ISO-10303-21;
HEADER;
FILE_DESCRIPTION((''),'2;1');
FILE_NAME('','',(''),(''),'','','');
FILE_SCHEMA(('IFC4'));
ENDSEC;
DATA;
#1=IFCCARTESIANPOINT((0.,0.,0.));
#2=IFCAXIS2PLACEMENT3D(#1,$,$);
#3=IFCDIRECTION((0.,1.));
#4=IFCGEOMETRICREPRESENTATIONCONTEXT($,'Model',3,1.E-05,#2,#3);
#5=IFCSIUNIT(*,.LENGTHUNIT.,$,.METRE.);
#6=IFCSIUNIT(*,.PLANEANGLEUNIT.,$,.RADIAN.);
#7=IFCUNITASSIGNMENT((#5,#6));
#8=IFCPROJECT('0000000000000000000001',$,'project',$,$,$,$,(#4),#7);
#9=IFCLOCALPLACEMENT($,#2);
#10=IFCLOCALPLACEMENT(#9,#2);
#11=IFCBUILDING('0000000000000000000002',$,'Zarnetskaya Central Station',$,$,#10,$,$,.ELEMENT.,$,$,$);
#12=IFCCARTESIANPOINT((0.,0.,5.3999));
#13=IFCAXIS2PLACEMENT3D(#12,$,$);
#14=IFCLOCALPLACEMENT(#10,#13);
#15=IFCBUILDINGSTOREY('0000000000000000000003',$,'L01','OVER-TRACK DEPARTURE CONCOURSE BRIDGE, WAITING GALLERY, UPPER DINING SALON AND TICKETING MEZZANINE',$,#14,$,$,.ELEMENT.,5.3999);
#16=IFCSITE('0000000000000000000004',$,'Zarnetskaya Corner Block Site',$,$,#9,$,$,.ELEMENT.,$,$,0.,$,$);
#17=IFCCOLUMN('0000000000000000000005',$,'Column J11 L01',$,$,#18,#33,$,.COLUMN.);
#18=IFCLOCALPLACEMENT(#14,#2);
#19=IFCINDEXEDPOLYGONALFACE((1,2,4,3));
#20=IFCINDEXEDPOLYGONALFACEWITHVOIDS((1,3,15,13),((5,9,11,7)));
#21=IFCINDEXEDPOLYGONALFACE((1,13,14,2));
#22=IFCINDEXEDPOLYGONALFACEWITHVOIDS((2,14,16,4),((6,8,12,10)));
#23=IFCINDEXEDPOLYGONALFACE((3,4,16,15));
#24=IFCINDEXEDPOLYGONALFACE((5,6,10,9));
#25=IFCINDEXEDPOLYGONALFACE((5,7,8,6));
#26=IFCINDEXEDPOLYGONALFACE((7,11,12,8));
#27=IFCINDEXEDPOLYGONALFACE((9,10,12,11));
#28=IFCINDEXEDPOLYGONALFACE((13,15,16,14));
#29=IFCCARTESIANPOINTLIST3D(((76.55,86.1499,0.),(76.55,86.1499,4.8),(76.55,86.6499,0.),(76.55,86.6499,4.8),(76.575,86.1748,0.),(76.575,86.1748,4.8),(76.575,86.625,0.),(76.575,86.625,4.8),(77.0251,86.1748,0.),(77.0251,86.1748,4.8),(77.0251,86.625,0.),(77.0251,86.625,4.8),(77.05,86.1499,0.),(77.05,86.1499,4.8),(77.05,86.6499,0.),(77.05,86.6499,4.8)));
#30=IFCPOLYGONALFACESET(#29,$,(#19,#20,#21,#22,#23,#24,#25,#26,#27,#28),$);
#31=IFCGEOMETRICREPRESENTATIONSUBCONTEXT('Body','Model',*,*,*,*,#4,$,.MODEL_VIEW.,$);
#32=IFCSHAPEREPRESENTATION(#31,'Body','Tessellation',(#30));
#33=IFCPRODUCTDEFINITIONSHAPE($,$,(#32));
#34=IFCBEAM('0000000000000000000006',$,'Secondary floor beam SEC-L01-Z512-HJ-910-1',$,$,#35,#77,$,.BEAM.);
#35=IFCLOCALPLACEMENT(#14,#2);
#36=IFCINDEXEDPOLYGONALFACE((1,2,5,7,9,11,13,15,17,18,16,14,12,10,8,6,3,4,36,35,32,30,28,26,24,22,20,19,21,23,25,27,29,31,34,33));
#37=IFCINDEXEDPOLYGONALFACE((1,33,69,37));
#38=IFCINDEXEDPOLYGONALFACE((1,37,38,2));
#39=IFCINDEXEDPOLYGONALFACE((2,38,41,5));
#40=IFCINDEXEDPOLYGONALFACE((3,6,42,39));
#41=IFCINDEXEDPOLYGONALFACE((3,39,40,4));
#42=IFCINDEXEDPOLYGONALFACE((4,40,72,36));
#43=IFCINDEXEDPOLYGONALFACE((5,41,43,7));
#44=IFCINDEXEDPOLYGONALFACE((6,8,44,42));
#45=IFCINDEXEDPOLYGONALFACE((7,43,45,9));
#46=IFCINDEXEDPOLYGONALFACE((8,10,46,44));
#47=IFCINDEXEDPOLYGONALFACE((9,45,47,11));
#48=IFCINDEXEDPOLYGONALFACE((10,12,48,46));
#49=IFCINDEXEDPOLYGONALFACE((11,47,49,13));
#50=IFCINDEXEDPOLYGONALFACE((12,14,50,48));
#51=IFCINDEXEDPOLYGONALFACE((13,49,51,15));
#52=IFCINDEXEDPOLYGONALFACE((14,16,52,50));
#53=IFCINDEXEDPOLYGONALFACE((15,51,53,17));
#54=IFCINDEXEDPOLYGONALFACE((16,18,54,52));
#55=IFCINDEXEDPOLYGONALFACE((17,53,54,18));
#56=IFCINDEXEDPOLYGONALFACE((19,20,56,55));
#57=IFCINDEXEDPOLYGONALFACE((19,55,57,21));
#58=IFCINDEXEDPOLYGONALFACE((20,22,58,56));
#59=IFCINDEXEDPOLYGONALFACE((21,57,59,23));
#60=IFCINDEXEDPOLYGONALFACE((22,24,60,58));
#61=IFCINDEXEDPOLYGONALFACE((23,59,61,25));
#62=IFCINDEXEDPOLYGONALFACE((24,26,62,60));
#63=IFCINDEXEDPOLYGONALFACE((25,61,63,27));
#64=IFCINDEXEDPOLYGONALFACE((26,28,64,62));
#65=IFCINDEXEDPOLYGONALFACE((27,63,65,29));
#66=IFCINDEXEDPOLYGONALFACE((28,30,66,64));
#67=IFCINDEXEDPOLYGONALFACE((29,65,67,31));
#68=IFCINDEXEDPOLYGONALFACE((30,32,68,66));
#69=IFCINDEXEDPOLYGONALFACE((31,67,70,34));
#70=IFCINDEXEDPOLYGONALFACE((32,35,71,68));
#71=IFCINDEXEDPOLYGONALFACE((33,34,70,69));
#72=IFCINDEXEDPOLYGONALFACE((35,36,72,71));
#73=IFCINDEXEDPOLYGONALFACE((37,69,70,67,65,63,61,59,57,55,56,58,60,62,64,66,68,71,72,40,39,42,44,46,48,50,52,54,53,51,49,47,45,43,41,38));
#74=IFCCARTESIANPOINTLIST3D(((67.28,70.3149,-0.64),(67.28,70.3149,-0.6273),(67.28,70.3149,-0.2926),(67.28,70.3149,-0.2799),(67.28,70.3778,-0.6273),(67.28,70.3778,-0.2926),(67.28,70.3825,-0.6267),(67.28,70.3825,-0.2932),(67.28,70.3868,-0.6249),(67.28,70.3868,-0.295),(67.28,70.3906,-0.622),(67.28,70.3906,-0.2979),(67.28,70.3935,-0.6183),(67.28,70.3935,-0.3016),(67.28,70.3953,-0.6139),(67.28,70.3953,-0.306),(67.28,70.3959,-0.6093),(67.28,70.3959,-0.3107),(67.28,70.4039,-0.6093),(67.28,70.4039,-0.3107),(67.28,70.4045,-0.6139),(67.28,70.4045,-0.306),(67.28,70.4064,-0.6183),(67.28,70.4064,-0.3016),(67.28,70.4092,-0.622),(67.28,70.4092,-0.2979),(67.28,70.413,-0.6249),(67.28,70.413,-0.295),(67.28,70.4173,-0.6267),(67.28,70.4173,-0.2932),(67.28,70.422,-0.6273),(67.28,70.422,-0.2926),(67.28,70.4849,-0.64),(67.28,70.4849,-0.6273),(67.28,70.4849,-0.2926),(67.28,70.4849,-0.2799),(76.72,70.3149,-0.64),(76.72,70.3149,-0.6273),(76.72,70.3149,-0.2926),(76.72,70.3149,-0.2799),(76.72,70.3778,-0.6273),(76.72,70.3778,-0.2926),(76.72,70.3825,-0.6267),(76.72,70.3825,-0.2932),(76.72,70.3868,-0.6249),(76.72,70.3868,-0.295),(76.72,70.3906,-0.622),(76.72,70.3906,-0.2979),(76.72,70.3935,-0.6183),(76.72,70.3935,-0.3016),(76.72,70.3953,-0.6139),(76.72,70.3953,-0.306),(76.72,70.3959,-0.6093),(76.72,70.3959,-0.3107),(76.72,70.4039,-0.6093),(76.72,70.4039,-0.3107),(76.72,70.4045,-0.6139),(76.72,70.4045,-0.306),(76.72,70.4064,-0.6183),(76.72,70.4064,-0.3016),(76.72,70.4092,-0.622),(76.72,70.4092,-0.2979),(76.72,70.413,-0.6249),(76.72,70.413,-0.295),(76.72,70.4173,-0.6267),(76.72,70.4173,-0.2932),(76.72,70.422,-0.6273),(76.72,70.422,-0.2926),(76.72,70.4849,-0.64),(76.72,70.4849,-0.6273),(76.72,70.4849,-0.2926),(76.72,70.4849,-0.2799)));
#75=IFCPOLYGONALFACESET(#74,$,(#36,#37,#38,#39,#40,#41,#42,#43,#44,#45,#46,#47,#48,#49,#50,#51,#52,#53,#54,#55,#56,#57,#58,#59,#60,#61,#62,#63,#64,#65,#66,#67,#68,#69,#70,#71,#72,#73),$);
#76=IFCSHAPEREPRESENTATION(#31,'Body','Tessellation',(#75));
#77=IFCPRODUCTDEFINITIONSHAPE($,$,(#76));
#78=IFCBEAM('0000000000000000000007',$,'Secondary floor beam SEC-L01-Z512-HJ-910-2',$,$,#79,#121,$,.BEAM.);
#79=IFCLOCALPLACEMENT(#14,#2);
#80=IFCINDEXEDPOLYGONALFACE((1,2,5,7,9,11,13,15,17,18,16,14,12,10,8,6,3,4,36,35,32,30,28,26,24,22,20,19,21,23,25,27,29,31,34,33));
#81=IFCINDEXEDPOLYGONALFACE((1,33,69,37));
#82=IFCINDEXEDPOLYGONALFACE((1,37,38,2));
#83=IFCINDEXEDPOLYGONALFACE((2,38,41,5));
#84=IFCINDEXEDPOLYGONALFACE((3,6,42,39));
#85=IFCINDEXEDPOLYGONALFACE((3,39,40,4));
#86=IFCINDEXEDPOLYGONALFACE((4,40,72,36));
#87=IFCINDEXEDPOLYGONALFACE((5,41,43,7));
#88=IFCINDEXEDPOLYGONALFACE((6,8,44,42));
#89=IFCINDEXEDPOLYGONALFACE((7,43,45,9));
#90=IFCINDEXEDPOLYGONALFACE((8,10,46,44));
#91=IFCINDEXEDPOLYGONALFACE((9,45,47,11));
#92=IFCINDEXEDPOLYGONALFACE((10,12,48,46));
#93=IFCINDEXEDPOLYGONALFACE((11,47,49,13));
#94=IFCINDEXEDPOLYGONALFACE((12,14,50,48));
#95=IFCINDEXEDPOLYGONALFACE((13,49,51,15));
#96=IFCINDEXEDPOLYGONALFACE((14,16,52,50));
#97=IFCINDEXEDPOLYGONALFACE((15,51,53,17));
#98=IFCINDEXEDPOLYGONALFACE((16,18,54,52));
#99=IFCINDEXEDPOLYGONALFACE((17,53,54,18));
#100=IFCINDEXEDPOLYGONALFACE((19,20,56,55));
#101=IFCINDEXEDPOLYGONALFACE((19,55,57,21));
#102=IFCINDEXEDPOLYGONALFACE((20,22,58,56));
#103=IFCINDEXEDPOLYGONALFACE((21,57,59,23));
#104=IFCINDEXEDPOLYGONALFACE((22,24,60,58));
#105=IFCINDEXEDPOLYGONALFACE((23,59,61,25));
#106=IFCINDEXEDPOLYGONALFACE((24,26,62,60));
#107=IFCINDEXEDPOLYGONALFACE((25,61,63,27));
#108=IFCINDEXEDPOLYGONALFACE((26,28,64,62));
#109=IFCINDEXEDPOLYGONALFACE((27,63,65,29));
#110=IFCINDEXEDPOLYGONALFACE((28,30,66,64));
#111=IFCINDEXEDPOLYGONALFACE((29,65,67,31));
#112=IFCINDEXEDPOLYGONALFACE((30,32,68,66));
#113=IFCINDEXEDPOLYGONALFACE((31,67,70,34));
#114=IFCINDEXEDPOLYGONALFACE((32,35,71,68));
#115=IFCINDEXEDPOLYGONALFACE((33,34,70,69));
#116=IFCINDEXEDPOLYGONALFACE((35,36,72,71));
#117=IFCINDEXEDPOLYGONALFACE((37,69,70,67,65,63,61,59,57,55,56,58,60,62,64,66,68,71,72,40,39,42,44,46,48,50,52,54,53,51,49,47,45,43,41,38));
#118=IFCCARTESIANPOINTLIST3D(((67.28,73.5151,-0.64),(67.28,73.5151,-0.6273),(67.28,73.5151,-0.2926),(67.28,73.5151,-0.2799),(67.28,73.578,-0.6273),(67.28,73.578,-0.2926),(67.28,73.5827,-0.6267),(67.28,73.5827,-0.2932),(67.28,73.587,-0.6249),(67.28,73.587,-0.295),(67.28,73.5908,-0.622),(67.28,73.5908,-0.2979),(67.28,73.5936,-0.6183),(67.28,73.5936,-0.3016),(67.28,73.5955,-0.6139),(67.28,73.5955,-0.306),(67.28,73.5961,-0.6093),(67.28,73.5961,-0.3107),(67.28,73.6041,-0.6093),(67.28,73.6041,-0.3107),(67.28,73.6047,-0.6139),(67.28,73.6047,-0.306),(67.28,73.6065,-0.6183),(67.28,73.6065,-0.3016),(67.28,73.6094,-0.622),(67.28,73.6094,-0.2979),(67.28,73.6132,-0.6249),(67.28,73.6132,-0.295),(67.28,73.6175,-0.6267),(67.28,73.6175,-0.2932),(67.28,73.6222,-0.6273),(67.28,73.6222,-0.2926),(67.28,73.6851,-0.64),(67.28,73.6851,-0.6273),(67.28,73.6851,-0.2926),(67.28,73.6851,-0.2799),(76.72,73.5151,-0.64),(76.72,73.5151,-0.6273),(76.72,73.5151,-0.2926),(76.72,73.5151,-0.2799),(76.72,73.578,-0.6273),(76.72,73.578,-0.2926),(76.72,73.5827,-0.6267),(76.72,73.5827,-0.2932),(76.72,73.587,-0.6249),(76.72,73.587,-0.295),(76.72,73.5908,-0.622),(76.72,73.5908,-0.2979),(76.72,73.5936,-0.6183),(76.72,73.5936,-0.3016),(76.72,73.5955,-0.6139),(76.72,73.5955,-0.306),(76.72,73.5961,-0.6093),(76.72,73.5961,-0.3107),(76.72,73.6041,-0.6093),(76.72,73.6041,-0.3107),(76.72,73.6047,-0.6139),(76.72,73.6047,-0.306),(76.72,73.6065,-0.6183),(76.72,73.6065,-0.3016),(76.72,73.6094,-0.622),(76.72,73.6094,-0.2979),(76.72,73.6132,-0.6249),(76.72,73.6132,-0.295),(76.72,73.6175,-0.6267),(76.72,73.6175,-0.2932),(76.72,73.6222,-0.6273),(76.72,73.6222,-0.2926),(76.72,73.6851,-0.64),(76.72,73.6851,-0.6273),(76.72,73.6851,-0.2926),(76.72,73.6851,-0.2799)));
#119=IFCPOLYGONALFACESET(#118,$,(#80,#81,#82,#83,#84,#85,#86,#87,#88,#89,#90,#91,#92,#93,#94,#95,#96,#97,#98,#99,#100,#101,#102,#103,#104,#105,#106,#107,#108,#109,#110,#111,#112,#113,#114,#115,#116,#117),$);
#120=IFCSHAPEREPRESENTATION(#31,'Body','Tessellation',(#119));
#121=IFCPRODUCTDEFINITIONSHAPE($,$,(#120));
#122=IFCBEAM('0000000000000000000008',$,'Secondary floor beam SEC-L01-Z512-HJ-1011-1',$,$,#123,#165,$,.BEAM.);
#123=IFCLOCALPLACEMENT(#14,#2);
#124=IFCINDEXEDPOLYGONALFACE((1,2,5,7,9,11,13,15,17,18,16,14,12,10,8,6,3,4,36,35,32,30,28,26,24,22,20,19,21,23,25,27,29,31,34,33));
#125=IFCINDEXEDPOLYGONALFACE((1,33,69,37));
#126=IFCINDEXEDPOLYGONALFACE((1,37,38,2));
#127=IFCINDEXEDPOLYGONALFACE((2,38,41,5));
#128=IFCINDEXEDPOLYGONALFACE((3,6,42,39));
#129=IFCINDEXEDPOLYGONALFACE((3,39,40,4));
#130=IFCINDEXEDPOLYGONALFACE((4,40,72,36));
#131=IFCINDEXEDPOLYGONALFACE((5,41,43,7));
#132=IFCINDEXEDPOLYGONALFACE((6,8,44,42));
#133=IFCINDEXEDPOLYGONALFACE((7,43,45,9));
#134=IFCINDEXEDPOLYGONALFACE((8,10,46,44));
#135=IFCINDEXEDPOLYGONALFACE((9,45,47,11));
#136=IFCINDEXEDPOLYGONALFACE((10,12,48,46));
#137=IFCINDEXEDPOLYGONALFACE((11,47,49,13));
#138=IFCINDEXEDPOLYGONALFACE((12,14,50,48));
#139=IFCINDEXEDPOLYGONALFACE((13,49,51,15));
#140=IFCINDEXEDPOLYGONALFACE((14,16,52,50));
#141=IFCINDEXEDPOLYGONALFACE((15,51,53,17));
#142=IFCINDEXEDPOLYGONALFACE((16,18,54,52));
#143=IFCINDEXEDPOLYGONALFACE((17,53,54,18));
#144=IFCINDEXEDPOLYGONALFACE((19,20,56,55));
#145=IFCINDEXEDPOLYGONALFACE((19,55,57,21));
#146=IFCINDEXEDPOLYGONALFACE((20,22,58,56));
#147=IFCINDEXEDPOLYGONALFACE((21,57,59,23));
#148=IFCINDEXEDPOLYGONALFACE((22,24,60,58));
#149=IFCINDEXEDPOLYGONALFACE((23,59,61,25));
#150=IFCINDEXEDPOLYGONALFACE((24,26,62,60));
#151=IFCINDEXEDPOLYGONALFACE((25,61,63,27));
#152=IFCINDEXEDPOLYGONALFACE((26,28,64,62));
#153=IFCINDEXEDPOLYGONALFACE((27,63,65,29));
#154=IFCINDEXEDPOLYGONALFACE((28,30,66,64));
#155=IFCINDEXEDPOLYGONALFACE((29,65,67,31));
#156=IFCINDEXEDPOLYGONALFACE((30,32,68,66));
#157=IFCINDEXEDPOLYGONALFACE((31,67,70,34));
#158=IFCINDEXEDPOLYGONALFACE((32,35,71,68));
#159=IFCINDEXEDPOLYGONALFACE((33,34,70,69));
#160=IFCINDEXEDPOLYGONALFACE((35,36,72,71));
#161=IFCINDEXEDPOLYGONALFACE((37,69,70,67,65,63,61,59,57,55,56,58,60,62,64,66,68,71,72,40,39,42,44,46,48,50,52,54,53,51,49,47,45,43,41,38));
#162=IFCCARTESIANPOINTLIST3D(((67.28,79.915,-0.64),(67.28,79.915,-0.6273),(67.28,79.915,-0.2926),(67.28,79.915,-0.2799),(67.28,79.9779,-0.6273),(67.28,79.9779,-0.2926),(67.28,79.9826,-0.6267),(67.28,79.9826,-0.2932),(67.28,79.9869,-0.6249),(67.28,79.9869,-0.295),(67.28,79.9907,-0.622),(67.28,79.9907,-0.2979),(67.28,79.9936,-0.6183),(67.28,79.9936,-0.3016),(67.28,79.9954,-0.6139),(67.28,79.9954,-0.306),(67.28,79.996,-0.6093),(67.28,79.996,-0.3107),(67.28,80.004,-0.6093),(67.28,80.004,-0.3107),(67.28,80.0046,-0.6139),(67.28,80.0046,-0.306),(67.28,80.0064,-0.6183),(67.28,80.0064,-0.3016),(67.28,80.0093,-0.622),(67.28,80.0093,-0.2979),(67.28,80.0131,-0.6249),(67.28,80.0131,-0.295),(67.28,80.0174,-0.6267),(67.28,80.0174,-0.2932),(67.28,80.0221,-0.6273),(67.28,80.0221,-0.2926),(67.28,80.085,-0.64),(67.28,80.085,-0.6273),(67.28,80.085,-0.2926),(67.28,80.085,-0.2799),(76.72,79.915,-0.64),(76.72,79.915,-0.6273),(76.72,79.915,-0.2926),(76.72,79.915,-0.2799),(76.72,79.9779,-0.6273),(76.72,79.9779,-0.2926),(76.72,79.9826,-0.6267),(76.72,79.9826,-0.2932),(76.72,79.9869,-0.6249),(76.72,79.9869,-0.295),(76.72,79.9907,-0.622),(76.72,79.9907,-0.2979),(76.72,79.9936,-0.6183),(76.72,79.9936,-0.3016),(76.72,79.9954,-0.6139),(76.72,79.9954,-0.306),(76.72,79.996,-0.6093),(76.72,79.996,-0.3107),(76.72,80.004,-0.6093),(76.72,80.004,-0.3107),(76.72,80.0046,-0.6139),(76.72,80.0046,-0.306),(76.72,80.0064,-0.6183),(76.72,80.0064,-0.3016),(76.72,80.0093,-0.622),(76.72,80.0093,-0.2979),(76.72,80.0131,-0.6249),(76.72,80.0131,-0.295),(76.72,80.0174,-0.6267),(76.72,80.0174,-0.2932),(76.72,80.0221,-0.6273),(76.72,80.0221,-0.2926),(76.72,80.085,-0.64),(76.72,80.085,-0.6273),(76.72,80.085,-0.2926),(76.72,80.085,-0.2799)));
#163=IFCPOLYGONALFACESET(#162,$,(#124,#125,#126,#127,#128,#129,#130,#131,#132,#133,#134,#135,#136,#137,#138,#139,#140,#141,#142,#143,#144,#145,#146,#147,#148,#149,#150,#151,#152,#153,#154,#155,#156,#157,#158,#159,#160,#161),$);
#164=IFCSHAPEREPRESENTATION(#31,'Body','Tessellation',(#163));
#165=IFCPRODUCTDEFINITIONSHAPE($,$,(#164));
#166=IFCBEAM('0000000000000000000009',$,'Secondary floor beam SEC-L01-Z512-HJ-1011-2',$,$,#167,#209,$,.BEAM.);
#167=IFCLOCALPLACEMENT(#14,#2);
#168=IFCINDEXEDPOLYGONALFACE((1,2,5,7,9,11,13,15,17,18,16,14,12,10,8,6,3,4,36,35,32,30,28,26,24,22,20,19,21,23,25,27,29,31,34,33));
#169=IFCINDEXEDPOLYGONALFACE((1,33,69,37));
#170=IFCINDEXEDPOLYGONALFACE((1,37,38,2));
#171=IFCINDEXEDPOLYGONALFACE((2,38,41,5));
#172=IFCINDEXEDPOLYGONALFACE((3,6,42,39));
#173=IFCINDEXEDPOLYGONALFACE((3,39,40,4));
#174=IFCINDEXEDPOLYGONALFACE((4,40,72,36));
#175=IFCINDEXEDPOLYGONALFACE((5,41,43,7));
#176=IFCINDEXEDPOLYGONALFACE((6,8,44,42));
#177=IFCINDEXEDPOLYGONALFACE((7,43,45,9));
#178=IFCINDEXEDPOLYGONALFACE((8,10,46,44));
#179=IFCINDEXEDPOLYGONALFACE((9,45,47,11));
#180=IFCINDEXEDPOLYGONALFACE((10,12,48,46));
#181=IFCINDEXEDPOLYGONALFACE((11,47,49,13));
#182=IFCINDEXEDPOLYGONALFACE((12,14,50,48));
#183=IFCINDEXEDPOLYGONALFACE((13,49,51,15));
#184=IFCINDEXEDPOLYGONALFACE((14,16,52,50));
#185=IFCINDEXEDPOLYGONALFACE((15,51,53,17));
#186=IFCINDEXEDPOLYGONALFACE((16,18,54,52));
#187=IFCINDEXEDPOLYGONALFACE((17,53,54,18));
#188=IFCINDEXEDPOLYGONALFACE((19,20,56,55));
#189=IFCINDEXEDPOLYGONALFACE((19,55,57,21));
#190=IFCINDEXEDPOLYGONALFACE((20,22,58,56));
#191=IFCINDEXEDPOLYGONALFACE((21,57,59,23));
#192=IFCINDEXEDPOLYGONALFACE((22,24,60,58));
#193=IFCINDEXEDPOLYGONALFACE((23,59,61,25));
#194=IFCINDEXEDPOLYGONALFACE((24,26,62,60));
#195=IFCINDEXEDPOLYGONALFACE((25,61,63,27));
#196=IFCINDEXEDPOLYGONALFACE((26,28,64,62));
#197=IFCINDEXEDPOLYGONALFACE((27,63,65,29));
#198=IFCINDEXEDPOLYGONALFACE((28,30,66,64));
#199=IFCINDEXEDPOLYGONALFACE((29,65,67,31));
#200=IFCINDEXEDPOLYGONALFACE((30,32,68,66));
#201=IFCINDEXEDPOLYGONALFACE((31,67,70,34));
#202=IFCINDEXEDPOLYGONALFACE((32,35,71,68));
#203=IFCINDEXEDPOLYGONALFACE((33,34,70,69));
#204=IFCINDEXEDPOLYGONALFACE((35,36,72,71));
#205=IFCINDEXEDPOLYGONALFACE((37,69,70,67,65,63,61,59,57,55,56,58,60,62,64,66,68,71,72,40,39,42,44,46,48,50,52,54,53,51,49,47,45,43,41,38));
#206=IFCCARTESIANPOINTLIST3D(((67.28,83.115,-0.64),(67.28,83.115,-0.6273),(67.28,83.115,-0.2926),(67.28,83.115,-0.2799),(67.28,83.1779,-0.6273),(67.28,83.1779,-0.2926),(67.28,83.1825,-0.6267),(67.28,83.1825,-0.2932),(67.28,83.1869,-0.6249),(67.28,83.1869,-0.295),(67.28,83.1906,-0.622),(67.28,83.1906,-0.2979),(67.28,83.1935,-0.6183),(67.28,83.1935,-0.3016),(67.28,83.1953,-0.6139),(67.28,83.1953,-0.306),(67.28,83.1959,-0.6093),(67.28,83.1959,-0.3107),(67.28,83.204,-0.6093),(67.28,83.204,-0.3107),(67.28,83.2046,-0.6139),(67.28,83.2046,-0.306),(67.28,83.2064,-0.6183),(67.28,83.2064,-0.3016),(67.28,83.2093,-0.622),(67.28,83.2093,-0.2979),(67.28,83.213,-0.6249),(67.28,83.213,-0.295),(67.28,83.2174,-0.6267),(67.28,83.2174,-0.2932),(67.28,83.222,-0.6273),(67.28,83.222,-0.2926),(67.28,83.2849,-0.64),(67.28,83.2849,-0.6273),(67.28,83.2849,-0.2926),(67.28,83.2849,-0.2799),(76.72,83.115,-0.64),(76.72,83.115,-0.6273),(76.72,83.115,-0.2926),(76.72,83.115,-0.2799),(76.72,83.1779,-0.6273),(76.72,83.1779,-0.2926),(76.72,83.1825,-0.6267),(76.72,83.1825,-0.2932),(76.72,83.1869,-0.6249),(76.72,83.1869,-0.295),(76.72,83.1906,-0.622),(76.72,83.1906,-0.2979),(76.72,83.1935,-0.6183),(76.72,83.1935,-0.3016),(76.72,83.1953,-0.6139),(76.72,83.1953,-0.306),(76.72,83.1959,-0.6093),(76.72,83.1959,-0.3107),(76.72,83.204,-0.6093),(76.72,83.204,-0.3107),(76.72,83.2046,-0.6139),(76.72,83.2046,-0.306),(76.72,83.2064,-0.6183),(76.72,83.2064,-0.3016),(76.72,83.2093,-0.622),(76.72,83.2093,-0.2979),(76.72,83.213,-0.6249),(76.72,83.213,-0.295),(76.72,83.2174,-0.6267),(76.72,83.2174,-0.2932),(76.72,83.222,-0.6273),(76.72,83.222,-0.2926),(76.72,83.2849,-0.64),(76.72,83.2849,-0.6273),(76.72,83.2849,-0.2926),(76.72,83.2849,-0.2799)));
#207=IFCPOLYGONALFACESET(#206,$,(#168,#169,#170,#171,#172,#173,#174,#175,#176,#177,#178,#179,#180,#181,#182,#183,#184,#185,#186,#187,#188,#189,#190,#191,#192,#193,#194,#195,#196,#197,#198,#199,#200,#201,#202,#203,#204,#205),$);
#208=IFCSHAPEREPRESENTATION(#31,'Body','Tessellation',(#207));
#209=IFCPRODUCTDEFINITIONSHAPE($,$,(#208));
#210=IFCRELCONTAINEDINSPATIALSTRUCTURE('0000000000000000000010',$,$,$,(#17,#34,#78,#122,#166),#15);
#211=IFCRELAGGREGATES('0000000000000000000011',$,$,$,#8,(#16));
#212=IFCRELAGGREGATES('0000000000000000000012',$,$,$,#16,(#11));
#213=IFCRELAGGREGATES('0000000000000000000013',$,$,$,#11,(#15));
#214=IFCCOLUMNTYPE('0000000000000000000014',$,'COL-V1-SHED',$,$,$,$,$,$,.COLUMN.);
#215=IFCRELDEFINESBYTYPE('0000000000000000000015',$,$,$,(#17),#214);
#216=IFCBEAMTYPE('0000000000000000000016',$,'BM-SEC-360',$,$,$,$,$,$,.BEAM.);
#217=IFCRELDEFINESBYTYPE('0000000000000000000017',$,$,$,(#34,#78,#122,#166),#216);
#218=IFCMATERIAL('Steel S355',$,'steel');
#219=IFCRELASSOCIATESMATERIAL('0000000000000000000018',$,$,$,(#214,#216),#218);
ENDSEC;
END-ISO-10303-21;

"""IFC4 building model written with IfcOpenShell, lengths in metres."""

from ifc_helpers import new_model, si_unit, direction, frame, origin, origin_2d, place, context, subcontext, project, spatial, hollow_rectangle, i_section, extrude, material, material_profile, profile_set, type_object, element, save


model = new_model("IFC4")

# Units and contexts
model_context = context("Model", 3, precision=1e-05, world=origin(), true_north=direction((0.0, 1.0)))
body_context = subcontext(model_context, "Body", "Model", "MODEL_VIEW")
ifc_project = project(units=[si_unit("LENGTHUNIT", "METRE"), si_unit("PLANEANGLEUNIT", "RADIAN")], contexts=[model_context])

# Site, building, storey
site_placement = place(None, origin())
site = spatial("IfcSite", under=ifc_project, at=site_placement, Name="Zarnetskaya Corner Block Site", CompositionType="ELEMENT", RefElevation=0.0)
building_placement = place(site_placement, origin())
building = spatial("IfcBuilding", under=site, at=building_placement, Name="Zarnetskaya Central Station", CompositionType="ELEMENT")
storey_placement = place(building_placement, frame((0.0, 0.0, 5.3999)))
storey = spatial("IfcBuildingStorey", under=building, at=storey_placement, Name="L01", Description="OVER-TRACK DEPARTURE CONCOURSE BRIDGE, WAITING GALLERY, UPPER DINING SALON AND TICKETING MEZZANINE", CompositionType="ELEMENT", Elevation=5.3999)

# Column
ifc_material_1 = material(Name="Steel S355", Category="steel")
ifc_material_profile_1 = material_profile(ifc_material_1, hollow_rectangle(XDim=0.5, YDim=0.5, WallThickness=0.0249, at=origin_2d()), Name="BOX 500x500x25")
ifc_profile_set_1 = profile_set([ifc_material_profile_1], Name="Steel S355")
column_type = type_object("IfcColumnType", Name="COL-V1-SHED", PredefinedType="COLUMN", material=ifc_profile_set_1)
column_placement = place(storey_placement, frame((76.8, 86.3999, 0.0), z_axis=(0.0, 0.0, 1.0), x_axis=(1.0, 0.0, 0.0)))
element("IfcColumn", 1, at=column_placement, inside=storey, type_object=column_type, Name="Column J11 L01", PredefinedType="COLUMN", context=body_context, shape_type="SweptSolid", body=[
    extrude(hollow_rectangle(XDim=0.5, YDim=0.5, WallThickness=0.0249, at=origin_2d()), origin(), (0.0, 0.0, 1.0), 4.8),
])

# Beams
ifc_material_profile_2 = material_profile(ifc_material_1, i_section(OverallWidth=0.1699, OverallDepth=0.3601, WebThickness=0.0081, FlangeThickness=0.0127, FilletRadius=0.0181, at=origin_2d()), Name="IPE 360")
ifc_profile_set_2 = profile_set([ifc_material_profile_2], Name="Steel S355")
beam_type_1 = type_object("IfcBeamType", Name="BM-SEC-360", PredefinedType="BEAM", material=ifc_profile_set_2)
for number, where, z_axis, x_axis, name in (
    (2, (67.28, 70.3999, -0.46), (1.0, 0.0, 0.0), (0.0, 1.0, 0.0), "Secondary floor beam SEC-L01-Z512-HJ-910-1"),
    (3, (67.28, 73.6001, -0.46), (1.0, 0.0, 0.0), (0.0, 1.0, 0.0), "Secondary floor beam SEC-L01-Z512-HJ-910-2"),
    (4, (67.28, 80.0, -0.46), (1.0, 0.0, 0.0), (0.0, 1.0, 0.0), "Secondary floor beam SEC-L01-Z512-HJ-1011-1"),
    (5, (67.28, 83.2, -0.46), (1.0, 0.0, 0.0), (0.0, 1.0, 0.0), "Secondary floor beam SEC-L01-Z512-HJ-1011-2"),
):
    element("IfcBeam", number, at=place(storey_placement, frame(where, z_axis=z_axis, x_axis=x_axis)), inside=storey, type_object=beam_type_1, Name=name, PredefinedType="BEAM", context=body_context, shape_type="SweptSolid", body=[
        extrude(i_section(OverallWidth=0.1699, OverallDepth=0.3601, WebThickness=0.0081, FlangeThickness=0.0127, FilletRadius=0.0181, at=origin_2d()), origin(), (0.0, 0.0, 1.0), 9.4399),
    ])

save(model, "model.ifc")
